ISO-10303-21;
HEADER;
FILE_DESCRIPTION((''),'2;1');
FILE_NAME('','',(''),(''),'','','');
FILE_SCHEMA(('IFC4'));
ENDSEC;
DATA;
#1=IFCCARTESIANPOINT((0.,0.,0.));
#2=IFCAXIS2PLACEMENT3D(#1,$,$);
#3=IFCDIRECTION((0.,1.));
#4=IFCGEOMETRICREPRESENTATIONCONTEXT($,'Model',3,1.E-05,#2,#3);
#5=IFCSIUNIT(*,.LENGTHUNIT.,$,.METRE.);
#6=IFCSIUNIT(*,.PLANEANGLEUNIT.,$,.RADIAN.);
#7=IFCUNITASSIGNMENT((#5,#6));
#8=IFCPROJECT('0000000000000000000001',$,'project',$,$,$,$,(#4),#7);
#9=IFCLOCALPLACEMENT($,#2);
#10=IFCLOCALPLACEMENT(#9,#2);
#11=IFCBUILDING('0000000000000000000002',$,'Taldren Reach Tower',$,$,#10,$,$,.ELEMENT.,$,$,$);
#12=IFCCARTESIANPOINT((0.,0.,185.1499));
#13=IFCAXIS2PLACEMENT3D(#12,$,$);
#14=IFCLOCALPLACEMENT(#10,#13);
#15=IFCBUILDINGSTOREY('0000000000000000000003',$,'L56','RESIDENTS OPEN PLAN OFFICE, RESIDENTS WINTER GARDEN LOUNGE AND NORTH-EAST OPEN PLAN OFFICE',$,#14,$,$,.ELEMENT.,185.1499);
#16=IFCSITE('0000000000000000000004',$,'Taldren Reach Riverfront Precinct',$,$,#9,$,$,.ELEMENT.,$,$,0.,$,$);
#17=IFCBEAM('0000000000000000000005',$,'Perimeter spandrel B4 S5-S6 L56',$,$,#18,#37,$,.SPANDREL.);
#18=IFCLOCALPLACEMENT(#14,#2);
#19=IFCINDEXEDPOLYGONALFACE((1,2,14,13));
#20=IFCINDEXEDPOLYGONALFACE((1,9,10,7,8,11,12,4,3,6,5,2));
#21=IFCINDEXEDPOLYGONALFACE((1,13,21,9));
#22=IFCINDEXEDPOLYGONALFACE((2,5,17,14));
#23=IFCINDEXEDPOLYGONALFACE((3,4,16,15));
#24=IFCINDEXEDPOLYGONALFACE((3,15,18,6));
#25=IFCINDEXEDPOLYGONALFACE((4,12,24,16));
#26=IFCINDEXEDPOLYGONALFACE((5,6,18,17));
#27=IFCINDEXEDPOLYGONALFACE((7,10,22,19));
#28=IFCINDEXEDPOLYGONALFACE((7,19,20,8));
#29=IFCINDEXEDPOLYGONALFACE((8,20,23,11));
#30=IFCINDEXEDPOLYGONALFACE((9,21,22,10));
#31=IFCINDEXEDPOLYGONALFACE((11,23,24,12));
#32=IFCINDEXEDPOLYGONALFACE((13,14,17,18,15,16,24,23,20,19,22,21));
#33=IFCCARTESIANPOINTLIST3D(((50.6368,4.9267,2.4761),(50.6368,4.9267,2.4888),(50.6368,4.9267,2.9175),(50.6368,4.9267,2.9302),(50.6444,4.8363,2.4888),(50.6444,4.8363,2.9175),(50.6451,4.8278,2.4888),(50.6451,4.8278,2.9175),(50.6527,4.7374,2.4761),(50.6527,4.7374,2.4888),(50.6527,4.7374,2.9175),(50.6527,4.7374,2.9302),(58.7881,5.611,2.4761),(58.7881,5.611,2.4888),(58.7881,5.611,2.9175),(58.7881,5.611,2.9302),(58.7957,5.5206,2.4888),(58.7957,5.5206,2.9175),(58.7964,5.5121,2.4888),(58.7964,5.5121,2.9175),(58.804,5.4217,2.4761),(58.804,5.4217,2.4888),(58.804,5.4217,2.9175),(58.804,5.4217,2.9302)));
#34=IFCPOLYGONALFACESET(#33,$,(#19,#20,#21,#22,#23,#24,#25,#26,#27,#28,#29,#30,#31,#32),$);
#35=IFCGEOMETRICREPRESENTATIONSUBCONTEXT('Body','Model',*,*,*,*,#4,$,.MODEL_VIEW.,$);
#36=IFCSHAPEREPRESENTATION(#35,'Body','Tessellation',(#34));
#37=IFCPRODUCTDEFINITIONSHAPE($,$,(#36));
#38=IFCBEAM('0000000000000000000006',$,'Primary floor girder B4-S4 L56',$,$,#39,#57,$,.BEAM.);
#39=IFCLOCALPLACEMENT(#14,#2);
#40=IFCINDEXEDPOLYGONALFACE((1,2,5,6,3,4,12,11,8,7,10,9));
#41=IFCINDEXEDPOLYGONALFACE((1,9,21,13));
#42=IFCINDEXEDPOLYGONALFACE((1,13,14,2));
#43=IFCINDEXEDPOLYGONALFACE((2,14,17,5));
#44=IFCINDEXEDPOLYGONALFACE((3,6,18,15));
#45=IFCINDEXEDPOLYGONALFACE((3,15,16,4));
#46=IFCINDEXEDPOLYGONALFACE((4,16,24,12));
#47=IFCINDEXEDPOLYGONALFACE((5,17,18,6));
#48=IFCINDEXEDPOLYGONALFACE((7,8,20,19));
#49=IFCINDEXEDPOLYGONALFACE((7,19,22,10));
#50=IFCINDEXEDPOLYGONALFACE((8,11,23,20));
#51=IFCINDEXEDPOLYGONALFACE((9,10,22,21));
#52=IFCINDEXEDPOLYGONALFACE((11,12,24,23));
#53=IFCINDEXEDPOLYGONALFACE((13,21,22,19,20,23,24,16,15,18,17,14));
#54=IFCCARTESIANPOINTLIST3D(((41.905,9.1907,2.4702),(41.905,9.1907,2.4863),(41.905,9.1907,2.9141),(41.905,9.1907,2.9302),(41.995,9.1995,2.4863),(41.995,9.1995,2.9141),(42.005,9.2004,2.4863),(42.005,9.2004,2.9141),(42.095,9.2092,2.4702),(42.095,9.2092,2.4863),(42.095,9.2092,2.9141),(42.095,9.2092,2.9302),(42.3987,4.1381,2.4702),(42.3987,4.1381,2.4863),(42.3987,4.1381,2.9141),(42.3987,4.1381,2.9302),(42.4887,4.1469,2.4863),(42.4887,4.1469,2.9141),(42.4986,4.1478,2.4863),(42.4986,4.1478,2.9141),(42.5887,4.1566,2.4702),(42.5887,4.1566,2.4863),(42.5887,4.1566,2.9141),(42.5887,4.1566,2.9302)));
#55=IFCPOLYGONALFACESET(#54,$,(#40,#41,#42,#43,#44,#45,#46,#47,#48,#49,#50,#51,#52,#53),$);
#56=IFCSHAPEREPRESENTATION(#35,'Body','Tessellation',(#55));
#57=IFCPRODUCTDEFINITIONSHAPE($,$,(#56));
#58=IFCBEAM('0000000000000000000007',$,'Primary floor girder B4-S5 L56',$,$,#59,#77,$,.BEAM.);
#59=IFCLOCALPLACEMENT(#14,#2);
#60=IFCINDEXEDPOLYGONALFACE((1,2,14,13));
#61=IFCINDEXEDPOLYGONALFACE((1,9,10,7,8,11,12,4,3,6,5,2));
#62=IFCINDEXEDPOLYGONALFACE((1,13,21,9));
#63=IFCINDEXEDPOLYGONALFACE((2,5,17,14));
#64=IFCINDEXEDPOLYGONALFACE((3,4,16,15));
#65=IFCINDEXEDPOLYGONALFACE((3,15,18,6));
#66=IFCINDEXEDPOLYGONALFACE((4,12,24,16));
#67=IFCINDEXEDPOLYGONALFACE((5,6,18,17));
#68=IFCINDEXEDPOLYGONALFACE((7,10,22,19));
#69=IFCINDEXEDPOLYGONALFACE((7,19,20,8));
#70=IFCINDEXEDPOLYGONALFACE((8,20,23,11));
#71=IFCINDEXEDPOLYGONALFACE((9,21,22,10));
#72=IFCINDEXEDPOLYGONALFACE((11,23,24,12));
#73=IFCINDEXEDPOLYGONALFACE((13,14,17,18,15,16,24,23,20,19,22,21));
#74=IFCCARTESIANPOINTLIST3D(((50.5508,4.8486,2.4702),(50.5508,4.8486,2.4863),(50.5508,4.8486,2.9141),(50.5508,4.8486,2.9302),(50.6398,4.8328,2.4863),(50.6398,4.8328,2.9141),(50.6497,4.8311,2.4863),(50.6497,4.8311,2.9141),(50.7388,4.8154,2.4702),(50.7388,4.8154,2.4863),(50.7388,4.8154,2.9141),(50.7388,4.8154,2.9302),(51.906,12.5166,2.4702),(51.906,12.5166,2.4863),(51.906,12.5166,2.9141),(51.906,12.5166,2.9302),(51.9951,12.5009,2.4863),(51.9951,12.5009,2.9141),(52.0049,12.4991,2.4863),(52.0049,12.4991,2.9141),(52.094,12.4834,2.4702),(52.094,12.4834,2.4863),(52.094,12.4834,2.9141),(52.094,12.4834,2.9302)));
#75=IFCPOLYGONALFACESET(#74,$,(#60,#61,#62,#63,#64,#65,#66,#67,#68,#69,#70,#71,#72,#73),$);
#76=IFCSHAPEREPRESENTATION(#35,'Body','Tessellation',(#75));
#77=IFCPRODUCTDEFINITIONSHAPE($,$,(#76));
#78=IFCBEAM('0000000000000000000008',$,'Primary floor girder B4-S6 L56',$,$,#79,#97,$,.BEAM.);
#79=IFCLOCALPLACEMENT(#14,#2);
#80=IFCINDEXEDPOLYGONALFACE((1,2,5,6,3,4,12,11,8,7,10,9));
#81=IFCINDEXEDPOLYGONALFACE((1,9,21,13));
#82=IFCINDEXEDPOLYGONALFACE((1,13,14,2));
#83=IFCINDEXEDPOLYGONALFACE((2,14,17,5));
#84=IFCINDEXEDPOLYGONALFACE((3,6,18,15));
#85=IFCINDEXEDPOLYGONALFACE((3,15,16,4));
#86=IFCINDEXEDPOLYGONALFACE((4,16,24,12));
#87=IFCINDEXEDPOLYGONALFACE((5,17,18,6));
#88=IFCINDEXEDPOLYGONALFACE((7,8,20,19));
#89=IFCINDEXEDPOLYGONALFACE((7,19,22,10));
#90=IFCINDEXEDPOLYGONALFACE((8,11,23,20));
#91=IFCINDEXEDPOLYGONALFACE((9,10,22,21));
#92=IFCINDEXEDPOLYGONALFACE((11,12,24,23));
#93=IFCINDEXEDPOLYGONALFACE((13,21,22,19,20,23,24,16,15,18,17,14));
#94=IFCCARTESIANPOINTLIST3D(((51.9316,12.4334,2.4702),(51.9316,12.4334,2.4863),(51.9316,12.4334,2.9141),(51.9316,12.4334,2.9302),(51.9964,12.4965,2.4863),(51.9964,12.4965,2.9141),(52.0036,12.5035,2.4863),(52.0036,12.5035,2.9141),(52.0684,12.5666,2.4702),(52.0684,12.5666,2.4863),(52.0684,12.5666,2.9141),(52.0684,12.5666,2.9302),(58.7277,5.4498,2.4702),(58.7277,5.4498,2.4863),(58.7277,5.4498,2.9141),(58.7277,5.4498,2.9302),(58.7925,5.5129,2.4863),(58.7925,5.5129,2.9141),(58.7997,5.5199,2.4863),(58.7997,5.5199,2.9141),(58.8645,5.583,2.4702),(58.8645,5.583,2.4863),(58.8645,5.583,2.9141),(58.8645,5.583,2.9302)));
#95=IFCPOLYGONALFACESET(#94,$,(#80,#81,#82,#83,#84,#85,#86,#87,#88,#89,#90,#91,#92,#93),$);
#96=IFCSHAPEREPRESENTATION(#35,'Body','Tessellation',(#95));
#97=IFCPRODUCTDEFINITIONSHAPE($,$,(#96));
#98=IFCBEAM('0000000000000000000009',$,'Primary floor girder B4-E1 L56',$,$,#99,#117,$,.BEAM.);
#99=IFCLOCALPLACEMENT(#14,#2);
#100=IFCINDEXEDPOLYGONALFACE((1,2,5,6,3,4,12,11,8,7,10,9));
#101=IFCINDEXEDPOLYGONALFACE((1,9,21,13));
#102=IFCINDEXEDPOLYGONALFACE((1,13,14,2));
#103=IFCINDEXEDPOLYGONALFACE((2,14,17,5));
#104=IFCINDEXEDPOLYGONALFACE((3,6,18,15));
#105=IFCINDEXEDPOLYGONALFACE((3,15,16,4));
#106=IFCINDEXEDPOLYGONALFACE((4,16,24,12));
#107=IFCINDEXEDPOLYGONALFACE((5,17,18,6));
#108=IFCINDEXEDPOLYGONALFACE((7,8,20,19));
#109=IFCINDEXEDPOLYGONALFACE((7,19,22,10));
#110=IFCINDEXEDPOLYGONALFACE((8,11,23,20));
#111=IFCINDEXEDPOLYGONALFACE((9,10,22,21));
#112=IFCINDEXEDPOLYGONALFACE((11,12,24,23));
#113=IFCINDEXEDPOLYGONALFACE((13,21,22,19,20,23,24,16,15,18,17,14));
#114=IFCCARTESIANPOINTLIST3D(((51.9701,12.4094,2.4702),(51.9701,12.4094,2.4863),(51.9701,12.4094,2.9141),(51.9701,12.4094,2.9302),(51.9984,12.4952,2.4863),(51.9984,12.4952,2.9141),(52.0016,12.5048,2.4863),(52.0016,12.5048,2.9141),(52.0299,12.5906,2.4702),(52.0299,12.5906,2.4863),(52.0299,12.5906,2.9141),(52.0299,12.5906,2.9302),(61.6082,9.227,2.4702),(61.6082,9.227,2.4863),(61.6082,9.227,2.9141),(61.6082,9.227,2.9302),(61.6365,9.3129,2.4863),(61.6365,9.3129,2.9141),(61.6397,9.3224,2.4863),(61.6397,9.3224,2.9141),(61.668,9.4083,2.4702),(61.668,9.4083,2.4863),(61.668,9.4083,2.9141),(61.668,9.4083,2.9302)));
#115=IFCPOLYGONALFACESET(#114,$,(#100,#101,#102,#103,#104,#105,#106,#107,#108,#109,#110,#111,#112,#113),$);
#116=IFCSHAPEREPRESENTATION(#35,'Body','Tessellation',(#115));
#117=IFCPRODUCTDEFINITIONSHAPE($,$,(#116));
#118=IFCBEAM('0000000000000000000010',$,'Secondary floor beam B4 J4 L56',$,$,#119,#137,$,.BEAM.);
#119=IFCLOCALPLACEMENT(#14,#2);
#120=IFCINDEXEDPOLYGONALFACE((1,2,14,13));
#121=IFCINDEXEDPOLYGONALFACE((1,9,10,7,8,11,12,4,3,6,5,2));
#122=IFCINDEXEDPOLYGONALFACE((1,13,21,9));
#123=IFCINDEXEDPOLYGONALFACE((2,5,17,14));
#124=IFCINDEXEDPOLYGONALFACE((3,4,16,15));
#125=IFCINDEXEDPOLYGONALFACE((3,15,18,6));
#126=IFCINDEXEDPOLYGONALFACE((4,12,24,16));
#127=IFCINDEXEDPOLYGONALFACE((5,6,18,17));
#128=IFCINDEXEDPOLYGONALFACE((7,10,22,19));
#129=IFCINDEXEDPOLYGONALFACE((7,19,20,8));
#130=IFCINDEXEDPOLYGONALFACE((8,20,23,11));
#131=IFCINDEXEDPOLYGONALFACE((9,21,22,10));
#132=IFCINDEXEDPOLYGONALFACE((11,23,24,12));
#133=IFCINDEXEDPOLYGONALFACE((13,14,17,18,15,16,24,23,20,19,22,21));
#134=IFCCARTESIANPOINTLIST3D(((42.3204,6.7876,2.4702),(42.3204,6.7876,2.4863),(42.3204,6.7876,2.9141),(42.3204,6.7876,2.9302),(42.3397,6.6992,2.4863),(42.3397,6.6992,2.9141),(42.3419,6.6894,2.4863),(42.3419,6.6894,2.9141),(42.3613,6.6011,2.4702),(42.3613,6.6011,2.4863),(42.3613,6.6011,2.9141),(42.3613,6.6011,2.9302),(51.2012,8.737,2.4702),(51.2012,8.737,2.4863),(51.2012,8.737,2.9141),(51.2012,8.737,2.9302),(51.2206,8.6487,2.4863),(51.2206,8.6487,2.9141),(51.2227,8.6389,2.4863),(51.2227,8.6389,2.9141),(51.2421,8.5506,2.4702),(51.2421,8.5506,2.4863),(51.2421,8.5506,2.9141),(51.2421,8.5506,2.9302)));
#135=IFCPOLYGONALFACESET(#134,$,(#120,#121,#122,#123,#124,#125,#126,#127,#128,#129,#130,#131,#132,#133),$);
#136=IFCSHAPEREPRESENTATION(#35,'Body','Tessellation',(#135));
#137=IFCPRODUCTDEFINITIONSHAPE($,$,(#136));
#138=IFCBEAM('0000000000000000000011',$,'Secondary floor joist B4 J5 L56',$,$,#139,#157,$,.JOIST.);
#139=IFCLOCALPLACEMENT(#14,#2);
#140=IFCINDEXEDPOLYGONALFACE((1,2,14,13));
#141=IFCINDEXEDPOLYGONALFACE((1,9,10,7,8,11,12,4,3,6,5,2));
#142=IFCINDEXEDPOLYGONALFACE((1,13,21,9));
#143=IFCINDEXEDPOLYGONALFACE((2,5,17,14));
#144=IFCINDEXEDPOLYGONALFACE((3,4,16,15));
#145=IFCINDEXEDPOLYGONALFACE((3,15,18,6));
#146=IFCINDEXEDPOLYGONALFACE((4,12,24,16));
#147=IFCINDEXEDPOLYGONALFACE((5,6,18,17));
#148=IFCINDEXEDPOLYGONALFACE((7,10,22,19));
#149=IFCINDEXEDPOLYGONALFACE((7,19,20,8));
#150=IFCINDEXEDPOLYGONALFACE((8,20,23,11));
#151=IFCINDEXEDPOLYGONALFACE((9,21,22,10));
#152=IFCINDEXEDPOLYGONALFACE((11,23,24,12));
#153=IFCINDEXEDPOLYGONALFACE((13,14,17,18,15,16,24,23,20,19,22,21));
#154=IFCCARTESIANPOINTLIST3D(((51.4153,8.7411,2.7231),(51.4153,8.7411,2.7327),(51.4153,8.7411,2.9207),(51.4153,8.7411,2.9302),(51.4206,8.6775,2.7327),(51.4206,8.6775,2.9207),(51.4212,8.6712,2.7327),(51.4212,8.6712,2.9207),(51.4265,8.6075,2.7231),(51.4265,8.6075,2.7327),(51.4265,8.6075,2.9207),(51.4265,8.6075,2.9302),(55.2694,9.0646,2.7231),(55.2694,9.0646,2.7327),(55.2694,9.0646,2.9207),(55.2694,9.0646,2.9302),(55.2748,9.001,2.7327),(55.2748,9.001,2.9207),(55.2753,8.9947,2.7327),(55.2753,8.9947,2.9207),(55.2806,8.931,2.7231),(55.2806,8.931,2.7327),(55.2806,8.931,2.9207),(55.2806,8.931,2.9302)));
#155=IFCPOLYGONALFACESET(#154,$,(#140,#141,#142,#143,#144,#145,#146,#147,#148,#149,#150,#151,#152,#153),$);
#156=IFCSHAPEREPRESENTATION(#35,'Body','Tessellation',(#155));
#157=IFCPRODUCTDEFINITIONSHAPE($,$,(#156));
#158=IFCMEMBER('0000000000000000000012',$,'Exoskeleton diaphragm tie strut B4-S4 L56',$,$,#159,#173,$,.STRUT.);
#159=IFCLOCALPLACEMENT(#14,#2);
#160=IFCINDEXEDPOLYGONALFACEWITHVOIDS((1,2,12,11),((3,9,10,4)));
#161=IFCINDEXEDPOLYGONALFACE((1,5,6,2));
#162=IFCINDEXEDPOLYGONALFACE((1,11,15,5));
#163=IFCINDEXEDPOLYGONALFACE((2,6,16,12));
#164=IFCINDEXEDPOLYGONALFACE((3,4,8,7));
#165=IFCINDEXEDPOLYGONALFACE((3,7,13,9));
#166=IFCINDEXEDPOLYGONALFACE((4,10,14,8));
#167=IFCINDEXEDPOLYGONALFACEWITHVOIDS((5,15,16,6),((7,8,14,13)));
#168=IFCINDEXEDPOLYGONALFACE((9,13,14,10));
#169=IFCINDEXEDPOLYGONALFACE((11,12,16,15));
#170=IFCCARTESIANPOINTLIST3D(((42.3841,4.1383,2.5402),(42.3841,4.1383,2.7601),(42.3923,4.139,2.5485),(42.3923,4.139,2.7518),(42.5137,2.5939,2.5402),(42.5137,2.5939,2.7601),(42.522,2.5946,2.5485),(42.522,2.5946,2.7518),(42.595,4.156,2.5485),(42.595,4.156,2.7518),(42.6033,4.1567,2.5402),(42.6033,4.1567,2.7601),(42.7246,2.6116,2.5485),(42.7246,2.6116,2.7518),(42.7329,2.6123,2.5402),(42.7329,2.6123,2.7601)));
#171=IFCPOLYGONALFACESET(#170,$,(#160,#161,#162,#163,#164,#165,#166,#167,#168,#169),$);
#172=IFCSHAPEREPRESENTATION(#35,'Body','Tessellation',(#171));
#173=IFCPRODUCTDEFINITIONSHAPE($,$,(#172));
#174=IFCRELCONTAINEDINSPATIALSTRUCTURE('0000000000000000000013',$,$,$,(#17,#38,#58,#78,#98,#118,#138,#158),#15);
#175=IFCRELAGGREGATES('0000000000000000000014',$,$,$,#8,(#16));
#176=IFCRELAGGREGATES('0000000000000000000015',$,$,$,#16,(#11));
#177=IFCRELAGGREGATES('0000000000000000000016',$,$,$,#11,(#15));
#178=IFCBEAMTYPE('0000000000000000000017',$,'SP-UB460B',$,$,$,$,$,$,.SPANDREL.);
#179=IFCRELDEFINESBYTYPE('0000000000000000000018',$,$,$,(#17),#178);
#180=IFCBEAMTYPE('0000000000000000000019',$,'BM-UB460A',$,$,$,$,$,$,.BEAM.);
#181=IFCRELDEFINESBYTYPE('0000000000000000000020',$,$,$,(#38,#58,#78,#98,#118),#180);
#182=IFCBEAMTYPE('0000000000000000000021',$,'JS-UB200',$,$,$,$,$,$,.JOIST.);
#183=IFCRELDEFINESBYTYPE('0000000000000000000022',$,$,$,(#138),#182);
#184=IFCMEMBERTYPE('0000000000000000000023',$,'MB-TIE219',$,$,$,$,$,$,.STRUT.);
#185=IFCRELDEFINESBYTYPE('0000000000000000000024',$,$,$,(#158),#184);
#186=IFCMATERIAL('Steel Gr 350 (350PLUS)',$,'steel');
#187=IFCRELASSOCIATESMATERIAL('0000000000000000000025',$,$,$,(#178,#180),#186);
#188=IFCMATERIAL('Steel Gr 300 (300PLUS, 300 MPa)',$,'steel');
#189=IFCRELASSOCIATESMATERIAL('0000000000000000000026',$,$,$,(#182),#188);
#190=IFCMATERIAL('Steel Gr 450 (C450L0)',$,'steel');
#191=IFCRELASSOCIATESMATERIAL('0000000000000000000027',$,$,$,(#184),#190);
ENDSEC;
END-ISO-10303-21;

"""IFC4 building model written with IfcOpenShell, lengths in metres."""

from ifc_helpers import new_model, si_unit, direction, frame, origin, origin_2d, place, context, subcontext, project, spatial, hollow_rectangle, i_section, extrude, source, transform, mapped, material, material_profile, profile_set, type_object, element, save


model = new_model("IFC4")

# Units and contexts
model_context = context("Model", 3, precision=1e-05, world=origin(), true_north=direction((0.0, 1.0)))
body_context = subcontext(model_context, "Body", "Model", "MODEL_VIEW")
ifc_project = project(units=[si_unit("LENGTHUNIT", "METRE"), si_unit("PLANEANGLEUNIT", "RADIAN")], contexts=[model_context])

# Site, building, storey
site_placement = place(None, origin())
site = spatial("IfcSite", under=ifc_project, at=site_placement, Name="Taldren Reach Riverfront Precinct", CompositionType="ELEMENT", RefElevation=0.0)
building_placement = place(site_placement, origin())
building = spatial("IfcBuilding", under=site, at=building_placement, Name="Taldren Reach Tower", CompositionType="ELEMENT")
storey_placement = place(building_placement, frame((0.0, 0.0, 185.1499)))
storey = spatial("IfcBuildingStorey", under=building, at=storey_placement, Name="L56", Description="RESIDENTS OPEN PLAN OFFICE, RESIDENTS WINTER GARDEN LOUNGE AND NORTH-EAST OPEN PLAN OFFICE", CompositionType="ELEMENT", Elevation=185.1499)

# Shared definitions
ifc_material_1 = material(Name="Steel Gr 350 (350PLUS)", Category="steel")
ifc_material_2 = material(Name="Steel Gr 450 (C450L0)", Category="steel")

# Beams
ifc_material_profile_1 = material_profile(ifc_material_1, i_section(OverallWidth=0.1899, OverallDepth=0.4541, WebThickness=0.0085, FlangeThickness=0.0127, at=origin_2d()), Name="460UB67.1")
ifc_profile_set_1 = profile_set([ifc_material_profile_1], Name="Steel Gr 350 (350PLUS)")
beam_type_1 = type_object("IfcBeamType", Name="SP-UB460B", PredefinedType="SPANDREL", material=ifc_profile_set_1)
shared_shape_1 = source(origin(), body_context, "Body", "SweptSolid", [
    extrude(i_section(OverallWidth=0.1899, OverallDepth=0.4541, WebThickness=0.0085, FlangeThickness=0.0127, at=origin_2d()), origin(), (0.0, 0.0, 1.0), 8.1799),
])
beam_1_placement = place(storey_placement, frame((50.6448, 4.832, 2.7031), z_axis=(0.996495, 0.083658, 0.0), x_axis=(-0.083658, 0.996495, 0.0)))
element("IfcBeam", 1, at=beam_1_placement, inside=storey, type_object=beam_type_1, Name="Perimeter spandrel B4 S5-S6 L56", PredefinedType="SPANDREL", context=body_context, shape_type="MappedRepresentation", body=[
    mapped(shared_shape_1, transform((0.0, 0.0, 0.0), scale=1.0)),
])
ifc_material_profile_2 = material_profile(ifc_material_1, i_section(OverallWidth=0.1909, OverallDepth=0.46, WebThickness=0.01, FlangeThickness=0.0161, at=origin_2d()), Name="460UB82.1")
ifc_profile_set_2 = profile_set([ifc_material_profile_2], Name="Steel Gr 350 (350PLUS)")
beam_type_2 = type_object("IfcBeamType", Name="BM-UB460A", PredefinedType="BEAM", material=ifc_profile_set_2)
shared_shape_2 = source(origin(), body_context, "Body", "SweptSolid", [
    extrude(i_section(OverallWidth=0.1909, OverallDepth=0.46, WebThickness=0.01, FlangeThickness=0.0161, at=origin_2d()), origin(), (0.0, 0.0, 1.0), 5.0767),
])
beam_2_placement = place(storey_placement, frame((42.0, 9.2, 2.7002), z_axis=(0.097242, -0.995261, 0.0), x_axis=(0.995261, 0.097242, 0.0)))
element("IfcBeam", 2, at=beam_2_placement, inside=storey, type_object=beam_type_2, Name="Primary floor girder B4-S4 L56", PredefinedType="BEAM", context=body_context, shape_type="MappedRepresentation", body=[
    mapped(shared_shape_2, transform((0.0, 0.0, 0.0), scale=1.0)),
])
shared_shape_3 = source(origin(), body_context, "Body", "SweptSolid", [
    extrude(i_section(OverallWidth=0.1909, OverallDepth=0.46, WebThickness=0.01, FlangeThickness=0.0161, at=origin_2d()), origin(), (0.0, 0.0, 1.0), 7.7869),
])
beam_3_placement = place(storey_placement, frame((52.0, 12.5, 2.7002), z_axis=(-0.174041, -0.984738, 0.0), x_axis=(0.984738, -0.174041, 0.0)))
element("IfcBeam", 3, at=beam_3_placement, inside=storey, type_object=beam_type_2, Name="Primary floor girder B4-S5 L56", PredefinedType="BEAM", context=body_context, shape_type="MappedRepresentation", body=[
    mapped(shared_shape_3, transform((0.0, 0.0, 0.0), scale=1.0)),
])
shared_shape_4 = source(origin(), body_context, "Body", "SweptSolid", [
    extrude(i_section(OverallWidth=0.1909, OverallDepth=0.46, WebThickness=0.01, FlangeThickness=0.0161, at=origin_2d()), origin(), (0.0, 0.0, 1.0), 9.7446),
])
beam_4_placement = place(storey_placement, frame((52.0, 12.5, 2.7002), z_axis=(0.697421, -0.716662, 0.0), x_axis=(0.716662, 0.697421, 0.0)))
element("IfcBeam", 4, at=beam_4_placement, inside=storey, type_object=beam_type_2, Name="Primary floor girder B4-S6 L56", PredefinedType="BEAM", context=body_context, shape_type="MappedRepresentation", body=[
    mapped(shared_shape_4, transform((0.0, 0.0, 0.0), scale=1.0)),
])
shared_shape_5 = source(origin(), body_context, "Body", "SweptSolid", [
    extrude(i_section(OverallWidth=0.1909, OverallDepth=0.46, WebThickness=0.01, FlangeThickness=0.0161, at=origin_2d()), origin(), (0.0, 0.0, 1.0), 10.1499),
])
beam_5_placement = place(storey_placement, frame((52.0, 12.5, 2.7002), z_axis=(0.949577, -0.313535, 0.0), x_axis=(0.313535, 0.949577, 0.0)))
element("IfcBeam", 5, at=beam_5_placement, inside=storey, type_object=beam_type_2, Name="Primary floor girder B4-E1 L56", PredefinedType="BEAM", context=body_context, shape_type="MappedRepresentation", body=[
    mapped(shared_shape_5, transform((0.0, 0.0, 0.0), scale=1.0)),
])
shared_shape_6 = source(origin(), body_context, "Body", "SweptSolid", [
    extrude(i_section(OverallWidth=0.1909, OverallDepth=0.46, WebThickness=0.01, FlangeThickness=0.0161, at=origin_2d()), origin(), (0.0, 0.0, 1.0), 9.0923),
])
beam_6_placement = place(storey_placement, frame((42.3408, 6.6943, 2.7002), z_axis=(0.976744, 0.214408, 0.0), x_axis=(-0.214408, 0.976744, 0.0)))
element("IfcBeam", 6, at=beam_6_placement, inside=storey, type_object=beam_type_2, Name="Secondary floor beam B4 J4 L56", PredefinedType="BEAM", context=body_context, shape_type="MappedRepresentation", body=[
    mapped(shared_shape_6, transform((0.0, 0.0, 0.0), scale=1.0)),
])
ifc_material_3 = material(Name="Steel Gr 300 (300PLUS, 300 MPa)", Category="steel")
ifc_material_profile_3 = material_profile(ifc_material_3, i_section(OverallWidth=0.134, OverallDepth=0.207, WebThickness=0.0063, FlangeThickness=0.0095, at=origin_2d()), Name="200UB29.8")
ifc_profile_set_3 = profile_set([ifc_material_profile_3], Name="Steel Gr 300 (300PLUS, 300 MPa)")
beam_type_3 = type_object("IfcBeamType", Name="JS-UB200", PredefinedType="JOIST", material=ifc_profile_set_3)
shared_shape_7 = source(origin(), body_context, "Body", "SweptSolid", [
    extrude(i_section(OverallWidth=0.134, OverallDepth=0.207, WebThickness=0.0063, FlangeThickness=0.0095, at=origin_2d()), origin(), (0.0, 0.0, 1.0), 3.8677),
])
beam_7_placement = place(storey_placement, frame((51.4209, 8.6743, 2.8267), z_axis=(0.996496, 0.083641, 0.0), x_axis=(-0.083641, 0.996496, 0.0)))
element("IfcBeam", 7, at=beam_7_placement, inside=storey, type_object=beam_type_3, Name="Secondary floor joist B4 J5 L56", PredefinedType="JOIST", context=body_context, shape_type="MappedRepresentation", body=[
    mapped(shared_shape_7, transform((0.0, 0.0, 0.0), scale=1.0)),
])

# Member
ifc_material_profile_4 = material_profile(ifc_material_2, hollow_rectangle(XDim=0.22, YDim=0.22, WallThickness=0.0083, at=origin_2d()), Name="220x220x8.2SHS")
ifc_profile_set_4 = profile_set([ifc_material_profile_4], Name="Steel Gr 450 (C450L0)")
member_type_1 = type_object("IfcMemberType", Name="MB-TIE219", PredefinedType="STRUT", material=ifc_profile_set_4)
shared_shape_8 = source(origin(), body_context, "Body", "SweptSolid", [
    extrude(hollow_rectangle(XDim=0.22, YDim=0.22, WallThickness=0.0083, at=origin_2d()), origin(), (0.0, 0.0, 1.0), 1.5498),
])
member_1_placement = place(storey_placement, frame((42.4937, 4.1475, 2.6501), z_axis=(0.083645, -0.996496, 0.0), x_axis=(0.996496, 0.083645, 0.0)))
element("IfcMember", 8, at=member_1_placement, inside=storey, type_object=member_type_1, Name="Exoskeleton diaphragm tie strut B4-S4 L56", PredefinedType="STRUT", context=body_context, shape_type="MappedRepresentation", body=[
    mapped(shared_shape_8, transform((0.0, 0.0, 0.0), scale=1.0)),
])

save(model, "model.ifc")
